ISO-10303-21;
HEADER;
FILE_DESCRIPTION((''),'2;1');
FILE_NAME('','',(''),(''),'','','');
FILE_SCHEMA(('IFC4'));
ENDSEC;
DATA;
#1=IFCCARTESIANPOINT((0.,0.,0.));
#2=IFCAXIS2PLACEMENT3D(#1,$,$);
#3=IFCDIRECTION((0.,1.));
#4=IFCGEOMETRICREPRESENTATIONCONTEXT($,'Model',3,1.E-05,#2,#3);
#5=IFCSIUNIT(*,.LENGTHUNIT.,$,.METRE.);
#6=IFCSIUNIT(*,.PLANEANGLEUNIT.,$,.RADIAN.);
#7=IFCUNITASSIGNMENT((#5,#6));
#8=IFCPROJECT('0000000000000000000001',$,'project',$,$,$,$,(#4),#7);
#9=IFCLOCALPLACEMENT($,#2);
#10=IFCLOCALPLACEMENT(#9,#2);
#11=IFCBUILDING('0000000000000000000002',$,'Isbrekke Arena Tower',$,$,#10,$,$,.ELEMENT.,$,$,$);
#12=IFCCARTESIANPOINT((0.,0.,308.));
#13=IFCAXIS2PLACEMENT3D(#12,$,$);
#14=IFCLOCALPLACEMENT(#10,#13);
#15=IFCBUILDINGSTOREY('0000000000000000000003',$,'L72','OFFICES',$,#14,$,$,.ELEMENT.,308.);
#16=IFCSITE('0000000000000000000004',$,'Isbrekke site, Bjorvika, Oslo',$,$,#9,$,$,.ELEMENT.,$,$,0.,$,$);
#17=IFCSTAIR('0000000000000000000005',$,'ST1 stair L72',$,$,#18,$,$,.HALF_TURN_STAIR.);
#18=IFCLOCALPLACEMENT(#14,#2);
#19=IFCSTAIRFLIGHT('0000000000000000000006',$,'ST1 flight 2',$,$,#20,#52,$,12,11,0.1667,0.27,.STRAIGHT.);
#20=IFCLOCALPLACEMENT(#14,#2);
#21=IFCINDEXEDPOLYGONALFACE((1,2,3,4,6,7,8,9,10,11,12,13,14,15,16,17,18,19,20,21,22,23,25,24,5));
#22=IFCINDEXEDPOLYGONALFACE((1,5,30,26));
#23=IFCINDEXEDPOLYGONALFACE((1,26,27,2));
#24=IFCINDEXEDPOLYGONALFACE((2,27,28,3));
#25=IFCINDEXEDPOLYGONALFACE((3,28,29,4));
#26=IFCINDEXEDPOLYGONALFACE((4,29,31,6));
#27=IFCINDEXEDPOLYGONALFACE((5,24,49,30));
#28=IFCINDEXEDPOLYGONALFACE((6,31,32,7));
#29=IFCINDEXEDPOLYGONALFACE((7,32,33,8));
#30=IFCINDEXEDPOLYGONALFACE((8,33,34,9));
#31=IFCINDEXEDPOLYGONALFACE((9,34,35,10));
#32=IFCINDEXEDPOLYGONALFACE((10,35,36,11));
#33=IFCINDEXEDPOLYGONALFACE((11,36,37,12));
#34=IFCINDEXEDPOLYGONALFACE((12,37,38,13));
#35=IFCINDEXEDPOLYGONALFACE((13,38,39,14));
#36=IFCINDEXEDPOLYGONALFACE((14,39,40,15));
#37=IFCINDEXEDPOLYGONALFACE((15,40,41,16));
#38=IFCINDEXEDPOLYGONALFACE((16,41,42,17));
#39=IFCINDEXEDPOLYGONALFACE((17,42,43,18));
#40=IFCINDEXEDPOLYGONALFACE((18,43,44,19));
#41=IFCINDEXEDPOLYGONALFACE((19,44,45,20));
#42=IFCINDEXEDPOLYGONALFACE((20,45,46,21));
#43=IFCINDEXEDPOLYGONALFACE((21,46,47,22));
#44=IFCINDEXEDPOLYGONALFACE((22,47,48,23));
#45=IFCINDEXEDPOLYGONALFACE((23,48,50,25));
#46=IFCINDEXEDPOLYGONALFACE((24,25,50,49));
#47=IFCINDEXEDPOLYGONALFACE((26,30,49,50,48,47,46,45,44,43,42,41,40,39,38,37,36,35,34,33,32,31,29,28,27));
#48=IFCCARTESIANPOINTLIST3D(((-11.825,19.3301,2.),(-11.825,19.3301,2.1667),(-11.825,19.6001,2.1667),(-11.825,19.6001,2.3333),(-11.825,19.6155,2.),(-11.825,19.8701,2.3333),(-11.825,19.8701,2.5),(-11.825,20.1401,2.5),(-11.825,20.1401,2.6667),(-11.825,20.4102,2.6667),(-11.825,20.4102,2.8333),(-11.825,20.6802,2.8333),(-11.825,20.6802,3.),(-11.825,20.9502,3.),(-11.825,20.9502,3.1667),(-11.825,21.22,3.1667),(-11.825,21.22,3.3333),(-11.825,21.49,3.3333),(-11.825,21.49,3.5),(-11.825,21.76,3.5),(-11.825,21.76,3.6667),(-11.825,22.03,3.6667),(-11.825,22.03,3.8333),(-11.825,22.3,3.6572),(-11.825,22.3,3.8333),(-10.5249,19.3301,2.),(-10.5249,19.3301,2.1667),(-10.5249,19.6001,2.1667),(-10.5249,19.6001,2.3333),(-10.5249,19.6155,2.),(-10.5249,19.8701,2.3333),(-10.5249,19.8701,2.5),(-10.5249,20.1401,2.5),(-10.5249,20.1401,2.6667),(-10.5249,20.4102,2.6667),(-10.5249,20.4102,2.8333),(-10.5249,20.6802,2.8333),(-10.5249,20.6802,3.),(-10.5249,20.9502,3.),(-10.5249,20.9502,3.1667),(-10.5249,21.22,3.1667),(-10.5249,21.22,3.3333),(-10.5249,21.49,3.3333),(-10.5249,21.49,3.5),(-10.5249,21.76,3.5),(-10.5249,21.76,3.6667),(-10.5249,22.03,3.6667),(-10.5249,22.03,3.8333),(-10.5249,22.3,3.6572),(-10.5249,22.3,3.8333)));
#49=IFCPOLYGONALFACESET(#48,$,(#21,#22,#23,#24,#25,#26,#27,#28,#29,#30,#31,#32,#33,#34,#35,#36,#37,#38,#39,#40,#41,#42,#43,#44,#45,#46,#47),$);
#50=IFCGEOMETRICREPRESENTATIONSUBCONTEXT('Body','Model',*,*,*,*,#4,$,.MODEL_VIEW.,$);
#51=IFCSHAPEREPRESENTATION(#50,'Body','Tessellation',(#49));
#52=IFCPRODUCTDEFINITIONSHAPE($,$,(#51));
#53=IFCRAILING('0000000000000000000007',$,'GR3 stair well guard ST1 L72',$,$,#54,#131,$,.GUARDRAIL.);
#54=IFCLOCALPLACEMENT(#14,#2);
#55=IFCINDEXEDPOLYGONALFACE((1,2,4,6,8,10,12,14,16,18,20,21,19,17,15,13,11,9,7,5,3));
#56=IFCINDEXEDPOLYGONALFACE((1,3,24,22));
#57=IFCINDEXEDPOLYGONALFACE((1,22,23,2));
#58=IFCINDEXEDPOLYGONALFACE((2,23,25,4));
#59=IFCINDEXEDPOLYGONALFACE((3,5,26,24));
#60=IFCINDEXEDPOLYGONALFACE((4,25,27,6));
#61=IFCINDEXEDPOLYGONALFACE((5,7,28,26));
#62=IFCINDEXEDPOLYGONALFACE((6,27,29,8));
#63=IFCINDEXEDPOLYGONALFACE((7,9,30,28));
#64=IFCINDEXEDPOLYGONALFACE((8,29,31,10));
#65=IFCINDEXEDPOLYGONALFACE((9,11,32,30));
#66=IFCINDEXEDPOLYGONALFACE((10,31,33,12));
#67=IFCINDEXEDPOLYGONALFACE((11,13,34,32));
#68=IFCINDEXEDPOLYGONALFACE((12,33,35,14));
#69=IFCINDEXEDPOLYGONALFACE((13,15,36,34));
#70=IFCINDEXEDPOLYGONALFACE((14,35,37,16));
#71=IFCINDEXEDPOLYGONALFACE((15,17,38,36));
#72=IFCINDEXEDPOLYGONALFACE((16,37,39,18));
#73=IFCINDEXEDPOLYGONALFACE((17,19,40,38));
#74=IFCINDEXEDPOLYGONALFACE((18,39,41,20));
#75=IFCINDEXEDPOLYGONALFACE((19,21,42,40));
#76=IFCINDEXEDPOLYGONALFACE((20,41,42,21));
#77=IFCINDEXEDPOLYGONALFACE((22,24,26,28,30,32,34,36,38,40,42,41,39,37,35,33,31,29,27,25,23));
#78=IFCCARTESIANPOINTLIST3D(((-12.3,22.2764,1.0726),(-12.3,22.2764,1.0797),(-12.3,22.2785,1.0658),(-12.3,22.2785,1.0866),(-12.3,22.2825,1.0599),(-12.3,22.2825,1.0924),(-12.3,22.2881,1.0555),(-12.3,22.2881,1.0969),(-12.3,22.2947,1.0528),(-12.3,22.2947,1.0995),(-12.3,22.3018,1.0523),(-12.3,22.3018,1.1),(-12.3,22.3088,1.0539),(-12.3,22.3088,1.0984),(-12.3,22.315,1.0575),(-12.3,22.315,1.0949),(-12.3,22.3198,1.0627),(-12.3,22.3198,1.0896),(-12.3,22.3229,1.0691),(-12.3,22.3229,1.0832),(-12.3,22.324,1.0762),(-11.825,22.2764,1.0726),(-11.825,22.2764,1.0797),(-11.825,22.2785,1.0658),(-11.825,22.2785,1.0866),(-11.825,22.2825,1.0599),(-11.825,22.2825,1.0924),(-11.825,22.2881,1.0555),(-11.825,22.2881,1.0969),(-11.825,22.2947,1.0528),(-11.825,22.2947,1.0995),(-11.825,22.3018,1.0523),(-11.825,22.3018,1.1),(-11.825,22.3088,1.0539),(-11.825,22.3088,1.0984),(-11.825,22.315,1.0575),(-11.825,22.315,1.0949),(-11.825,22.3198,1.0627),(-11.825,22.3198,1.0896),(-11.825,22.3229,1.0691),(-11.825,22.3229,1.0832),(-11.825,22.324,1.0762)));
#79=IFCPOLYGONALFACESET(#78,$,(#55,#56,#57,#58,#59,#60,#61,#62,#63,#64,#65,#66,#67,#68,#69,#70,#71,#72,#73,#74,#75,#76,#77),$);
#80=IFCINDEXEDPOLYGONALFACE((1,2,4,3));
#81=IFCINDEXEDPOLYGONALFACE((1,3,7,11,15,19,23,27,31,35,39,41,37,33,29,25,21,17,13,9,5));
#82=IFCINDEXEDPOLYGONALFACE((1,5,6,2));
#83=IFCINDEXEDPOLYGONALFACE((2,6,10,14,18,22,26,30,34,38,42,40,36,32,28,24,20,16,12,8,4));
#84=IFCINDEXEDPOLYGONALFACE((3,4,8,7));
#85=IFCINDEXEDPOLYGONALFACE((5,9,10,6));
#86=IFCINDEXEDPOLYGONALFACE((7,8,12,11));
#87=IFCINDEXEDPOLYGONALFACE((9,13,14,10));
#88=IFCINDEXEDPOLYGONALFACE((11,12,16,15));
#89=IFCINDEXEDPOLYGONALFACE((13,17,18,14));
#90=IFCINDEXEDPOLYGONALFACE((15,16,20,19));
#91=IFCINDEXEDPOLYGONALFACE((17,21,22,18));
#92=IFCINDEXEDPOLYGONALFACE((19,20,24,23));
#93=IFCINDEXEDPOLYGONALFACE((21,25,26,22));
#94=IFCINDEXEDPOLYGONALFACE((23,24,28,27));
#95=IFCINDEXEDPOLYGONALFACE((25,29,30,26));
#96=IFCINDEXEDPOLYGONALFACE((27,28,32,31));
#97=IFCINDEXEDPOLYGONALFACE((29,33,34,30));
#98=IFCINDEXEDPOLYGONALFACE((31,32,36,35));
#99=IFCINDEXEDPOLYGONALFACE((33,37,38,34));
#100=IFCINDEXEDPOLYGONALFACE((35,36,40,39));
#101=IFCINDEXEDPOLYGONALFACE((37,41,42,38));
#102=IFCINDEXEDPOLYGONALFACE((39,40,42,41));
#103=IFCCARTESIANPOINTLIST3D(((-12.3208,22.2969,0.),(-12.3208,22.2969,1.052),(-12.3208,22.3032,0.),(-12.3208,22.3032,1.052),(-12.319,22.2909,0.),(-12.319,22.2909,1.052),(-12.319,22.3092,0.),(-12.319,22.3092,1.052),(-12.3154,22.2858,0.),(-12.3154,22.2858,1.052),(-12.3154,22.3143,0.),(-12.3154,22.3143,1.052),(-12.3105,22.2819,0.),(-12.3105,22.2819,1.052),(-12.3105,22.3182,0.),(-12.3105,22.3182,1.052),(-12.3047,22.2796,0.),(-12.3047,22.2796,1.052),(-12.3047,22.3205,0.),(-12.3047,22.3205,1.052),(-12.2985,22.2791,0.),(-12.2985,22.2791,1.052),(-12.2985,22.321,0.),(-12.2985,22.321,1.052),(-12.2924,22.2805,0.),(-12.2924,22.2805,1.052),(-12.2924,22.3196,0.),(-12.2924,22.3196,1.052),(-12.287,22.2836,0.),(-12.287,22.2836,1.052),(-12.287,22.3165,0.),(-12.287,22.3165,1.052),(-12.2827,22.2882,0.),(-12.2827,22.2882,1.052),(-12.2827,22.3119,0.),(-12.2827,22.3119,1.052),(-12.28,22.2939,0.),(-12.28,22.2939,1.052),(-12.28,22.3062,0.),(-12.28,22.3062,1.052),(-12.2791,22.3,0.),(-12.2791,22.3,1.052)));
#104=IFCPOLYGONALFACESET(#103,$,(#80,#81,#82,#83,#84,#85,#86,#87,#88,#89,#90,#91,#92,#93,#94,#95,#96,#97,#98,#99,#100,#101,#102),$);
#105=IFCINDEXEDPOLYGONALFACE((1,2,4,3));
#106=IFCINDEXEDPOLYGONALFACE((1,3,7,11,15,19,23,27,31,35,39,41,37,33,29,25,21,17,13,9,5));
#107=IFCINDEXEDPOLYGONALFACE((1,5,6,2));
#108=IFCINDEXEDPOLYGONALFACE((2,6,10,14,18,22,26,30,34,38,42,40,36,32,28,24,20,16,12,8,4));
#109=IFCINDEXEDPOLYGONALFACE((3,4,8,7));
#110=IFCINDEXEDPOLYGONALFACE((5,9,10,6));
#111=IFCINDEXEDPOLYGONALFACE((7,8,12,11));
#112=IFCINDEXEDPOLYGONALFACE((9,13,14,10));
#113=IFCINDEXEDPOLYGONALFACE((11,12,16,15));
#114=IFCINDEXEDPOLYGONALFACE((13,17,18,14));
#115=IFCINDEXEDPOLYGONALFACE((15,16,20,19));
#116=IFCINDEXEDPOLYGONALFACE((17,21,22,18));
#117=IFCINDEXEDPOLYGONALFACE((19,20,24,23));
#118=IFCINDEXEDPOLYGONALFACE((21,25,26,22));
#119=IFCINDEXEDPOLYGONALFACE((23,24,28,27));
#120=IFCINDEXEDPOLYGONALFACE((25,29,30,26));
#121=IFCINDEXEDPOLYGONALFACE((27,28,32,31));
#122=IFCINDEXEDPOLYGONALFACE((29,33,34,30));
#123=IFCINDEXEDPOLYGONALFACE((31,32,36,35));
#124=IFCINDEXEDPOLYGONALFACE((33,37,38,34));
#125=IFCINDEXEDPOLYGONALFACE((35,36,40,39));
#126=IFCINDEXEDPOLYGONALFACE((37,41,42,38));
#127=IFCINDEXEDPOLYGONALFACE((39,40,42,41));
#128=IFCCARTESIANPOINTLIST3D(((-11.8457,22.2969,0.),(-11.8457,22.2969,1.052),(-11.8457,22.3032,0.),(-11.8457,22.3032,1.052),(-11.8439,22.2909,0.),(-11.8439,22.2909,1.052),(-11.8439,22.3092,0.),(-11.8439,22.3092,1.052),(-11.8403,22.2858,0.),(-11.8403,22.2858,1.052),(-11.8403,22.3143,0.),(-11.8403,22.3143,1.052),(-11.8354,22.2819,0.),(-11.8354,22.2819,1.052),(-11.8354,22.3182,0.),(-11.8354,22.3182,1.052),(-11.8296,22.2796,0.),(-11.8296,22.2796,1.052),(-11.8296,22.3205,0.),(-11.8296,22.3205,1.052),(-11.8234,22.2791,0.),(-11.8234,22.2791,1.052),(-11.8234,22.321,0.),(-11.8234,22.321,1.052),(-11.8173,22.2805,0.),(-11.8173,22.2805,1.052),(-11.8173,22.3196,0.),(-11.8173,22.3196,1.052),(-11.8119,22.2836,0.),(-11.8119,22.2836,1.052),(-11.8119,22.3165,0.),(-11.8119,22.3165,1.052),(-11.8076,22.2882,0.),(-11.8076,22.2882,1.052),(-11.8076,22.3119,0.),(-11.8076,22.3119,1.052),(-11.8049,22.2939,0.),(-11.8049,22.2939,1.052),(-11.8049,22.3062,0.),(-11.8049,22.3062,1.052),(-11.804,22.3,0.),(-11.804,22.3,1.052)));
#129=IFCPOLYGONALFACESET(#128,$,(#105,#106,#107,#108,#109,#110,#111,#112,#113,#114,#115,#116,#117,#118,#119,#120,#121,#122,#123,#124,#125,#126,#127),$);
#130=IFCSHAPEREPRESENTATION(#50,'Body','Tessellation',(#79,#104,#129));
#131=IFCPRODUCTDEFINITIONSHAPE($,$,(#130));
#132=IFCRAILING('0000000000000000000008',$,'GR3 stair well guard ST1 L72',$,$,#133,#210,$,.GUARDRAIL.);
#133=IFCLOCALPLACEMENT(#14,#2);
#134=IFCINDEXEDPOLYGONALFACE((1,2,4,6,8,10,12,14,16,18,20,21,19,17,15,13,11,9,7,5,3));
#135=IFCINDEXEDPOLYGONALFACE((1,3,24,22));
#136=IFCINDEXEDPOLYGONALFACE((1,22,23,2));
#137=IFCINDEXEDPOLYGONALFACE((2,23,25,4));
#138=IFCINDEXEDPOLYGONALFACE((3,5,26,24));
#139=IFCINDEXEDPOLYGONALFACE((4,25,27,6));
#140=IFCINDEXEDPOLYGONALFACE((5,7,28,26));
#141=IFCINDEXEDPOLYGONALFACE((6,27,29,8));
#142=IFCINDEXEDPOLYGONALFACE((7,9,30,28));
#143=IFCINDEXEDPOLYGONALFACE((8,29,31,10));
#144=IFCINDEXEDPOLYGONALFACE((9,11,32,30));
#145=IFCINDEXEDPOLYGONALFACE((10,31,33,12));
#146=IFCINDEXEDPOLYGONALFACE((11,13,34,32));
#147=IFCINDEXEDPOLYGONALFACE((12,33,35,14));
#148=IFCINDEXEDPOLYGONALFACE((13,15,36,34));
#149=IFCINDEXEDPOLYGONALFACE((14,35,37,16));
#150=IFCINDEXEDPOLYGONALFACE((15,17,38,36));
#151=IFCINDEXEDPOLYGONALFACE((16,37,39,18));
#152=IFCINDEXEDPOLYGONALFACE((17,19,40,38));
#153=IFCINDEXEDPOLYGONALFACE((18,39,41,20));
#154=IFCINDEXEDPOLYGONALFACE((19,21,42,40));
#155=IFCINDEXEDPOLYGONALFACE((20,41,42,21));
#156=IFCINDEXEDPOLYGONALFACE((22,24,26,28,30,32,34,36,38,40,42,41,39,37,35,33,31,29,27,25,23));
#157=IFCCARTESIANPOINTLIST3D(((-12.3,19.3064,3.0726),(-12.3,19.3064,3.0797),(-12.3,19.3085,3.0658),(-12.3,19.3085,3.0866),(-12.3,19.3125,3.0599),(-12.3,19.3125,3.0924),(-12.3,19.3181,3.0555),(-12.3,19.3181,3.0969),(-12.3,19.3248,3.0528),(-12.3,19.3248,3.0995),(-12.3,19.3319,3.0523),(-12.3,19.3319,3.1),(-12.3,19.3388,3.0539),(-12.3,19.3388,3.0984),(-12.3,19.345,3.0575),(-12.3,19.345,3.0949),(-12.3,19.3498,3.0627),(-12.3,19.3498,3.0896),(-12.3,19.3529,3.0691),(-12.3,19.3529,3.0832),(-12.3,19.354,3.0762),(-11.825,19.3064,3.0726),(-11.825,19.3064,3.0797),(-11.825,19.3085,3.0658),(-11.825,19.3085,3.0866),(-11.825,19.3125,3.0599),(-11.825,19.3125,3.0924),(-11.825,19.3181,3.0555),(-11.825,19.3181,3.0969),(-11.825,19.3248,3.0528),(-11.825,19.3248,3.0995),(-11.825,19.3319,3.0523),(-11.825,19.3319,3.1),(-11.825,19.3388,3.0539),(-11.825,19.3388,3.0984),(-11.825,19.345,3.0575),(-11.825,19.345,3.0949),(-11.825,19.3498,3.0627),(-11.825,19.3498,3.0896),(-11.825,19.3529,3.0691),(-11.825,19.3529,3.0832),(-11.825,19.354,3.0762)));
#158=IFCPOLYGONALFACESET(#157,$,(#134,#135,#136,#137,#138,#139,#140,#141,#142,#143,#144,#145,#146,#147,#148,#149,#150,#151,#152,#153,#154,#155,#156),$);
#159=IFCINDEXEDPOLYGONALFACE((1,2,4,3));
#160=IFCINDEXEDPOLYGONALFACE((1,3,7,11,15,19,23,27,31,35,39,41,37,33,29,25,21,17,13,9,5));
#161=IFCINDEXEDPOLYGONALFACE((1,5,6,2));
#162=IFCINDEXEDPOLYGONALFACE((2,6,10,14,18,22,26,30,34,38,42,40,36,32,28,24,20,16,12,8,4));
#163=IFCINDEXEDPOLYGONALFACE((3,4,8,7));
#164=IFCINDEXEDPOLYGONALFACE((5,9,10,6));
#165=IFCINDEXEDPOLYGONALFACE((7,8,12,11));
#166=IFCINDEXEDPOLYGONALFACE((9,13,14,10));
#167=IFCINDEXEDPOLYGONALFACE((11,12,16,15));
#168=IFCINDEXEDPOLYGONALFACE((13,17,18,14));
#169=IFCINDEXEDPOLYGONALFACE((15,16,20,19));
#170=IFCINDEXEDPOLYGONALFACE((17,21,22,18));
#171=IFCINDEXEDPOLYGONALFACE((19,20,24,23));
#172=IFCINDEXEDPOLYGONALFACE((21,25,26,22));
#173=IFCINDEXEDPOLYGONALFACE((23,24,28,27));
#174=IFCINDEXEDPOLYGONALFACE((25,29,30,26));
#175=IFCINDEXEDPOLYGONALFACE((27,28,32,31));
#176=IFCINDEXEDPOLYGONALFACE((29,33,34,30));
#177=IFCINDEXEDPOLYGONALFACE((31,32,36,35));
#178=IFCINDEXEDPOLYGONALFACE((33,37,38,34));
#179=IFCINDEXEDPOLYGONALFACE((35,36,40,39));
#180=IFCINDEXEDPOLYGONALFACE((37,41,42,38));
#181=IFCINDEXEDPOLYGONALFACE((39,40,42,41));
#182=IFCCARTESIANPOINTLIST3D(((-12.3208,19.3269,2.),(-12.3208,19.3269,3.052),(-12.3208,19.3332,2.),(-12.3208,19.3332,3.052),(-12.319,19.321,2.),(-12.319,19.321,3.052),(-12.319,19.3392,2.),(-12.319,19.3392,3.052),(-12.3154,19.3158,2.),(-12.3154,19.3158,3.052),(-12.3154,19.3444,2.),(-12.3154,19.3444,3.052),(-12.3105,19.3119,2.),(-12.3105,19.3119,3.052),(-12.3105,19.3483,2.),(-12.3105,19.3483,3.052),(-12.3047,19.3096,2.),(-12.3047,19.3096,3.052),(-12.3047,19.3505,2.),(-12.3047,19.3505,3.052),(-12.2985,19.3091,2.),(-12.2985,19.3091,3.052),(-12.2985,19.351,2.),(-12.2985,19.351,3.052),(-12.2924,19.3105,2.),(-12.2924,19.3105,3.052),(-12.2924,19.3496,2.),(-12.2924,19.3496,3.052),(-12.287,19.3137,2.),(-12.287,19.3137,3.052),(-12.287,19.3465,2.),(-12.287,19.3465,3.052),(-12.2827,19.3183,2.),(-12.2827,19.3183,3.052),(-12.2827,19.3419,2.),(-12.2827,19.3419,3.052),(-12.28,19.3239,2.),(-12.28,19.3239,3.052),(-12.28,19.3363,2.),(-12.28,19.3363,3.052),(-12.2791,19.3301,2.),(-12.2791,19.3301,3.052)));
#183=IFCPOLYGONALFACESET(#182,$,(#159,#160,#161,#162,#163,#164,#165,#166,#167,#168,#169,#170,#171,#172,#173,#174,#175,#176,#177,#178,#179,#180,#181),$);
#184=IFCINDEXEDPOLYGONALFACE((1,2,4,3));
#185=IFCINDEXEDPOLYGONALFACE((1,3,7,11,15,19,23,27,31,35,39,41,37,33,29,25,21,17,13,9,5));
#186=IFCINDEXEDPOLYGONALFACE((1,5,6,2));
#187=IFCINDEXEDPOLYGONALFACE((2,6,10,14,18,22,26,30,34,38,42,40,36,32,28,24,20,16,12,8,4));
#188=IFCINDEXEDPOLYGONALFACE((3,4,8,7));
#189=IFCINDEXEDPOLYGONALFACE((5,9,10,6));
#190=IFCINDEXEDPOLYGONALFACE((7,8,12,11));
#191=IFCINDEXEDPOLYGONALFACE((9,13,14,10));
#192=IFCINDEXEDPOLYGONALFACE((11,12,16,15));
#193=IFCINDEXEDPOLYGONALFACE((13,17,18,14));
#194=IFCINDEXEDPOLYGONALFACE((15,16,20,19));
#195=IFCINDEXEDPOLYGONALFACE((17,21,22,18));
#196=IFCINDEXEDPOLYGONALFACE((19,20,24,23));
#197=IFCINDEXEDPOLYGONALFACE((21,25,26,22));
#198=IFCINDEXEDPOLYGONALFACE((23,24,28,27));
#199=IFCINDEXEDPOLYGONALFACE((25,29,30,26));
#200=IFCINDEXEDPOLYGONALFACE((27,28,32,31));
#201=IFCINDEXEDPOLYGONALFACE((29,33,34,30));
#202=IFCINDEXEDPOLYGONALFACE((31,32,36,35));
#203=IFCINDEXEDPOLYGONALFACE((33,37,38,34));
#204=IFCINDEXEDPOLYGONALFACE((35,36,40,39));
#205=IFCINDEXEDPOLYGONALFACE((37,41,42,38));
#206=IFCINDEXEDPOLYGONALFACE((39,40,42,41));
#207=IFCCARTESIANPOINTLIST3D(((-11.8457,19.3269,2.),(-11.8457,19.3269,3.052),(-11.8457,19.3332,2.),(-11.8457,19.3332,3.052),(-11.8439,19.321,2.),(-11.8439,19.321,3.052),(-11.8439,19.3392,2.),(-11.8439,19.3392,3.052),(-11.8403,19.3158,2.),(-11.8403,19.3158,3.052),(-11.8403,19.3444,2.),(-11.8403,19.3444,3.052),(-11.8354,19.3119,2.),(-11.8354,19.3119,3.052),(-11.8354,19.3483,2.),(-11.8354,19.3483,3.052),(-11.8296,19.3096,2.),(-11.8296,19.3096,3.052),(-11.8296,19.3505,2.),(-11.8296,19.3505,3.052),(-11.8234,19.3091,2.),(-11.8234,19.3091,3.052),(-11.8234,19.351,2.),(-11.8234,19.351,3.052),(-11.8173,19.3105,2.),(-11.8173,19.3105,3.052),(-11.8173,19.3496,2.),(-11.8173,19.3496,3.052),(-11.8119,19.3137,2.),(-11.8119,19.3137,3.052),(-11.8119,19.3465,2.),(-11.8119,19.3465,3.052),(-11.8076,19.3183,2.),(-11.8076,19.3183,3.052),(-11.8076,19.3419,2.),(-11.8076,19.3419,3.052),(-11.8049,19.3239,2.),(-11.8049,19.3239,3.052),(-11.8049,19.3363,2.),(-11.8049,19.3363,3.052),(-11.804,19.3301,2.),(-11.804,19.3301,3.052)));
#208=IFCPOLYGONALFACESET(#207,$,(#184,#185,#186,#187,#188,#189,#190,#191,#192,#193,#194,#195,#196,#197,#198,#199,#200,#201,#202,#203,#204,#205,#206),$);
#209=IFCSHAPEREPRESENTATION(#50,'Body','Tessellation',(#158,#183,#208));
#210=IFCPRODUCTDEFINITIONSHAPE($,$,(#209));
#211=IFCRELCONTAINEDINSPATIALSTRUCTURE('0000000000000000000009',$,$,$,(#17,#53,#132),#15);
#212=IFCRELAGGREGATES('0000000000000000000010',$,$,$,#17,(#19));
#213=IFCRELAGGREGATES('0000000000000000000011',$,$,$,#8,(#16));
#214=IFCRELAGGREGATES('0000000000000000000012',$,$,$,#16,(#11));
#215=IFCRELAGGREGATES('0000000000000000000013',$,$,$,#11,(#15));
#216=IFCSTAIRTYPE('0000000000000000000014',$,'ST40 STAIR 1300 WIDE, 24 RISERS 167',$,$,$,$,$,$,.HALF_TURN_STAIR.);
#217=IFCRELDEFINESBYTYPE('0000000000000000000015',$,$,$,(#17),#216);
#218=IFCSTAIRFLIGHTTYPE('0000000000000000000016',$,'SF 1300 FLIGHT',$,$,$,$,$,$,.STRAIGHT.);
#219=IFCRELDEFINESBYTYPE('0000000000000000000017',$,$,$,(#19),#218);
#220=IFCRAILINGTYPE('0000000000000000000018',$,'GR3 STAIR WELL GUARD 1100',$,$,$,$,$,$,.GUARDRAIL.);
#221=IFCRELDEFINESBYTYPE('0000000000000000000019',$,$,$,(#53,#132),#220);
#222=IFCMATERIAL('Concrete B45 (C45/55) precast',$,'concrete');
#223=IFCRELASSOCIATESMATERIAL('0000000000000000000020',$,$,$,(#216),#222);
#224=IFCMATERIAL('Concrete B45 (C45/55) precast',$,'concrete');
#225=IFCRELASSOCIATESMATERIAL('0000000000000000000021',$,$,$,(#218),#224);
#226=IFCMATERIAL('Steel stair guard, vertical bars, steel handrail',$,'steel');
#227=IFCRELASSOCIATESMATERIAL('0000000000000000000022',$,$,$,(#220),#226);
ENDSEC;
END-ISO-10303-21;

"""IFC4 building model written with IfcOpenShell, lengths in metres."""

from ifc_helpers import new_model, si_unit, direction, frame, origin, origin_2d, place, context, subcontext, project, spatial, polyline, circle, outline, extrude, material, type_object, element, aggregate, save


model = new_model("IFC4")

# Units and contexts
model_context = context("Model", 3, precision=1e-05, world=origin(), true_north=direction((0.0, 1.0)))
body_context = subcontext(model_context, "Body", "Model", "MODEL_VIEW")
ifc_project = project(units=[si_unit("LENGTHUNIT", "METRE"), si_unit("PLANEANGLEUNIT", "RADIAN")], contexts=[model_context])

# Site, building, storey
site_placement = place(None, origin())
site = spatial("IfcSite", under=ifc_project, at=site_placement, Name="Isbrekke site, Bjorvika, Oslo", CompositionType="ELEMENT", RefElevation=0.0)
building_placement = place(site_placement, origin())
building = spatial("IfcBuilding", under=site, at=building_placement, Name="Isbrekke Arena Tower", CompositionType="ELEMENT")
storey_placement = place(building_placement, frame((0.0, 0.0, 308.0)))
storey = spatial("IfcBuildingStorey", under=building, at=storey_placement, Name="L72", Description="OFFICES", CompositionType="ELEMENT", Elevation=308.0)

# Stair, stair flight
ifc_material_1 = material(Name="Concrete B45 (C45/55) precast", Category="concrete")
stair_type = type_object("IfcStairType", Name="ST40 STAIR 1300 WIDE, 24 RISERS 167", PredefinedType="HALF_TURN_STAIR", material=ifc_material_1)
stair_placement = place(storey_placement, origin())
stair = element("IfcStair", 1, at=stair_placement, inside=storey, type_object=stair_type, Name="ST1 stair L72", PredefinedType="HALF_TURN_STAIR")
ifc_material_2 = material(Name="Concrete B45 (C45/55) precast", Category="concrete")
stair_flight_type = type_object("IfcStairFlightType", Name="SF 1300 FLIGHT", PredefinedType="STRAIGHT", material=ifc_material_2)
stair_flight_1_placement = place(storey_placement, frame((-11.175, 19.3301, 2.0), z_axis=(0.0, 0.0, 1.0), x_axis=(0.0, 1.0, 0.0)))
stair_flight_1 = element("IfcStairFlight", 2, at=stair_flight_1_placement, type_object=stair_flight_type, Name="ST1 flight 2", NumberOfRisers=12, NumberOfTreads=11, PredefinedType="STRAIGHT", RiserHeight=0.1667, TreadLength=0.27, context=body_context, shape_type="SweptSolid", body=[
    extrude(outline(polyline([(0.0, 0.0), (0.0, 0.1667), (0.27, 0.1667), (0.27, 0.3333), (0.54, 0.3333), (0.54, 0.5), (0.8101, 0.5), (0.8101, 0.6667), (1.0801, 0.6667), (1.0801, 0.8333), (1.3501, 0.8333), (1.3501, 1.0), (1.6201, 1.0), (1.6201, 1.1667), (1.8899, 1.1667), (1.8899, 1.3333), (2.1599, 1.3333), (2.1599, 1.5), (2.4299, 1.5), (2.4299, 1.6667), (2.7, 1.6667), (2.7, 1.8333), (2.97, 1.8333), (2.97, 2.0), (2.97, 1.6572), (0.2854, 0.0), (0.0, 0.0)])), frame((0.0, 0.6499, 0.0), z_axis=(0.0, -1.0, 0.0), x_axis=(1.0, 0.0, 0.0)), (0.0, 0.0, 1.0), 1.3),
])
aggregate(stair, [stair_flight_1])

# Railings
ifc_material_3 = material(Name="Steel stair guard, vertical bars, steel handrail", Category="steel")
railing_type = type_object("IfcRailingType", Name="GR3 STAIR WELL GUARD 1100", PredefinedType="GUARDRAIL", material=ifc_material_3)
for number, where, name in (
    (3, (-12.3, 22.3, 0.0), "GR3 stair well guard ST1 L72"),
    (4, (-12.3, 19.3301, 2.0), "GR3 stair well guard ST1 L72"),
):
    element("IfcRailing", number, at=place(storey_placement, frame(where)), inside=storey, type_object=railing_type, Name=name, PredefinedType="GUARDRAIL", context=body_context, shape_type="SweptSolid", body=[
        extrude(circle(Radius=0.0239, at=origin_2d()), frame((0.0, 0.0, 1.0762), z_axis=(1.0, 0.0, 0.0), x_axis=(0.0, 1.0, 0.0)), (0.0, 0.0, 1.0), 0.4751),
        extrude(circle(Radius=0.021, at=origin_2d()), origin(), (0.0, 0.0, 1.0), 1.052),
        extrude(circle(Radius=0.021, at=origin_2d()), frame((0.4751, 0.0, 0.0)), (0.0, 0.0, 1.0), 1.052),
    ])

save(model, "model.ifc")
